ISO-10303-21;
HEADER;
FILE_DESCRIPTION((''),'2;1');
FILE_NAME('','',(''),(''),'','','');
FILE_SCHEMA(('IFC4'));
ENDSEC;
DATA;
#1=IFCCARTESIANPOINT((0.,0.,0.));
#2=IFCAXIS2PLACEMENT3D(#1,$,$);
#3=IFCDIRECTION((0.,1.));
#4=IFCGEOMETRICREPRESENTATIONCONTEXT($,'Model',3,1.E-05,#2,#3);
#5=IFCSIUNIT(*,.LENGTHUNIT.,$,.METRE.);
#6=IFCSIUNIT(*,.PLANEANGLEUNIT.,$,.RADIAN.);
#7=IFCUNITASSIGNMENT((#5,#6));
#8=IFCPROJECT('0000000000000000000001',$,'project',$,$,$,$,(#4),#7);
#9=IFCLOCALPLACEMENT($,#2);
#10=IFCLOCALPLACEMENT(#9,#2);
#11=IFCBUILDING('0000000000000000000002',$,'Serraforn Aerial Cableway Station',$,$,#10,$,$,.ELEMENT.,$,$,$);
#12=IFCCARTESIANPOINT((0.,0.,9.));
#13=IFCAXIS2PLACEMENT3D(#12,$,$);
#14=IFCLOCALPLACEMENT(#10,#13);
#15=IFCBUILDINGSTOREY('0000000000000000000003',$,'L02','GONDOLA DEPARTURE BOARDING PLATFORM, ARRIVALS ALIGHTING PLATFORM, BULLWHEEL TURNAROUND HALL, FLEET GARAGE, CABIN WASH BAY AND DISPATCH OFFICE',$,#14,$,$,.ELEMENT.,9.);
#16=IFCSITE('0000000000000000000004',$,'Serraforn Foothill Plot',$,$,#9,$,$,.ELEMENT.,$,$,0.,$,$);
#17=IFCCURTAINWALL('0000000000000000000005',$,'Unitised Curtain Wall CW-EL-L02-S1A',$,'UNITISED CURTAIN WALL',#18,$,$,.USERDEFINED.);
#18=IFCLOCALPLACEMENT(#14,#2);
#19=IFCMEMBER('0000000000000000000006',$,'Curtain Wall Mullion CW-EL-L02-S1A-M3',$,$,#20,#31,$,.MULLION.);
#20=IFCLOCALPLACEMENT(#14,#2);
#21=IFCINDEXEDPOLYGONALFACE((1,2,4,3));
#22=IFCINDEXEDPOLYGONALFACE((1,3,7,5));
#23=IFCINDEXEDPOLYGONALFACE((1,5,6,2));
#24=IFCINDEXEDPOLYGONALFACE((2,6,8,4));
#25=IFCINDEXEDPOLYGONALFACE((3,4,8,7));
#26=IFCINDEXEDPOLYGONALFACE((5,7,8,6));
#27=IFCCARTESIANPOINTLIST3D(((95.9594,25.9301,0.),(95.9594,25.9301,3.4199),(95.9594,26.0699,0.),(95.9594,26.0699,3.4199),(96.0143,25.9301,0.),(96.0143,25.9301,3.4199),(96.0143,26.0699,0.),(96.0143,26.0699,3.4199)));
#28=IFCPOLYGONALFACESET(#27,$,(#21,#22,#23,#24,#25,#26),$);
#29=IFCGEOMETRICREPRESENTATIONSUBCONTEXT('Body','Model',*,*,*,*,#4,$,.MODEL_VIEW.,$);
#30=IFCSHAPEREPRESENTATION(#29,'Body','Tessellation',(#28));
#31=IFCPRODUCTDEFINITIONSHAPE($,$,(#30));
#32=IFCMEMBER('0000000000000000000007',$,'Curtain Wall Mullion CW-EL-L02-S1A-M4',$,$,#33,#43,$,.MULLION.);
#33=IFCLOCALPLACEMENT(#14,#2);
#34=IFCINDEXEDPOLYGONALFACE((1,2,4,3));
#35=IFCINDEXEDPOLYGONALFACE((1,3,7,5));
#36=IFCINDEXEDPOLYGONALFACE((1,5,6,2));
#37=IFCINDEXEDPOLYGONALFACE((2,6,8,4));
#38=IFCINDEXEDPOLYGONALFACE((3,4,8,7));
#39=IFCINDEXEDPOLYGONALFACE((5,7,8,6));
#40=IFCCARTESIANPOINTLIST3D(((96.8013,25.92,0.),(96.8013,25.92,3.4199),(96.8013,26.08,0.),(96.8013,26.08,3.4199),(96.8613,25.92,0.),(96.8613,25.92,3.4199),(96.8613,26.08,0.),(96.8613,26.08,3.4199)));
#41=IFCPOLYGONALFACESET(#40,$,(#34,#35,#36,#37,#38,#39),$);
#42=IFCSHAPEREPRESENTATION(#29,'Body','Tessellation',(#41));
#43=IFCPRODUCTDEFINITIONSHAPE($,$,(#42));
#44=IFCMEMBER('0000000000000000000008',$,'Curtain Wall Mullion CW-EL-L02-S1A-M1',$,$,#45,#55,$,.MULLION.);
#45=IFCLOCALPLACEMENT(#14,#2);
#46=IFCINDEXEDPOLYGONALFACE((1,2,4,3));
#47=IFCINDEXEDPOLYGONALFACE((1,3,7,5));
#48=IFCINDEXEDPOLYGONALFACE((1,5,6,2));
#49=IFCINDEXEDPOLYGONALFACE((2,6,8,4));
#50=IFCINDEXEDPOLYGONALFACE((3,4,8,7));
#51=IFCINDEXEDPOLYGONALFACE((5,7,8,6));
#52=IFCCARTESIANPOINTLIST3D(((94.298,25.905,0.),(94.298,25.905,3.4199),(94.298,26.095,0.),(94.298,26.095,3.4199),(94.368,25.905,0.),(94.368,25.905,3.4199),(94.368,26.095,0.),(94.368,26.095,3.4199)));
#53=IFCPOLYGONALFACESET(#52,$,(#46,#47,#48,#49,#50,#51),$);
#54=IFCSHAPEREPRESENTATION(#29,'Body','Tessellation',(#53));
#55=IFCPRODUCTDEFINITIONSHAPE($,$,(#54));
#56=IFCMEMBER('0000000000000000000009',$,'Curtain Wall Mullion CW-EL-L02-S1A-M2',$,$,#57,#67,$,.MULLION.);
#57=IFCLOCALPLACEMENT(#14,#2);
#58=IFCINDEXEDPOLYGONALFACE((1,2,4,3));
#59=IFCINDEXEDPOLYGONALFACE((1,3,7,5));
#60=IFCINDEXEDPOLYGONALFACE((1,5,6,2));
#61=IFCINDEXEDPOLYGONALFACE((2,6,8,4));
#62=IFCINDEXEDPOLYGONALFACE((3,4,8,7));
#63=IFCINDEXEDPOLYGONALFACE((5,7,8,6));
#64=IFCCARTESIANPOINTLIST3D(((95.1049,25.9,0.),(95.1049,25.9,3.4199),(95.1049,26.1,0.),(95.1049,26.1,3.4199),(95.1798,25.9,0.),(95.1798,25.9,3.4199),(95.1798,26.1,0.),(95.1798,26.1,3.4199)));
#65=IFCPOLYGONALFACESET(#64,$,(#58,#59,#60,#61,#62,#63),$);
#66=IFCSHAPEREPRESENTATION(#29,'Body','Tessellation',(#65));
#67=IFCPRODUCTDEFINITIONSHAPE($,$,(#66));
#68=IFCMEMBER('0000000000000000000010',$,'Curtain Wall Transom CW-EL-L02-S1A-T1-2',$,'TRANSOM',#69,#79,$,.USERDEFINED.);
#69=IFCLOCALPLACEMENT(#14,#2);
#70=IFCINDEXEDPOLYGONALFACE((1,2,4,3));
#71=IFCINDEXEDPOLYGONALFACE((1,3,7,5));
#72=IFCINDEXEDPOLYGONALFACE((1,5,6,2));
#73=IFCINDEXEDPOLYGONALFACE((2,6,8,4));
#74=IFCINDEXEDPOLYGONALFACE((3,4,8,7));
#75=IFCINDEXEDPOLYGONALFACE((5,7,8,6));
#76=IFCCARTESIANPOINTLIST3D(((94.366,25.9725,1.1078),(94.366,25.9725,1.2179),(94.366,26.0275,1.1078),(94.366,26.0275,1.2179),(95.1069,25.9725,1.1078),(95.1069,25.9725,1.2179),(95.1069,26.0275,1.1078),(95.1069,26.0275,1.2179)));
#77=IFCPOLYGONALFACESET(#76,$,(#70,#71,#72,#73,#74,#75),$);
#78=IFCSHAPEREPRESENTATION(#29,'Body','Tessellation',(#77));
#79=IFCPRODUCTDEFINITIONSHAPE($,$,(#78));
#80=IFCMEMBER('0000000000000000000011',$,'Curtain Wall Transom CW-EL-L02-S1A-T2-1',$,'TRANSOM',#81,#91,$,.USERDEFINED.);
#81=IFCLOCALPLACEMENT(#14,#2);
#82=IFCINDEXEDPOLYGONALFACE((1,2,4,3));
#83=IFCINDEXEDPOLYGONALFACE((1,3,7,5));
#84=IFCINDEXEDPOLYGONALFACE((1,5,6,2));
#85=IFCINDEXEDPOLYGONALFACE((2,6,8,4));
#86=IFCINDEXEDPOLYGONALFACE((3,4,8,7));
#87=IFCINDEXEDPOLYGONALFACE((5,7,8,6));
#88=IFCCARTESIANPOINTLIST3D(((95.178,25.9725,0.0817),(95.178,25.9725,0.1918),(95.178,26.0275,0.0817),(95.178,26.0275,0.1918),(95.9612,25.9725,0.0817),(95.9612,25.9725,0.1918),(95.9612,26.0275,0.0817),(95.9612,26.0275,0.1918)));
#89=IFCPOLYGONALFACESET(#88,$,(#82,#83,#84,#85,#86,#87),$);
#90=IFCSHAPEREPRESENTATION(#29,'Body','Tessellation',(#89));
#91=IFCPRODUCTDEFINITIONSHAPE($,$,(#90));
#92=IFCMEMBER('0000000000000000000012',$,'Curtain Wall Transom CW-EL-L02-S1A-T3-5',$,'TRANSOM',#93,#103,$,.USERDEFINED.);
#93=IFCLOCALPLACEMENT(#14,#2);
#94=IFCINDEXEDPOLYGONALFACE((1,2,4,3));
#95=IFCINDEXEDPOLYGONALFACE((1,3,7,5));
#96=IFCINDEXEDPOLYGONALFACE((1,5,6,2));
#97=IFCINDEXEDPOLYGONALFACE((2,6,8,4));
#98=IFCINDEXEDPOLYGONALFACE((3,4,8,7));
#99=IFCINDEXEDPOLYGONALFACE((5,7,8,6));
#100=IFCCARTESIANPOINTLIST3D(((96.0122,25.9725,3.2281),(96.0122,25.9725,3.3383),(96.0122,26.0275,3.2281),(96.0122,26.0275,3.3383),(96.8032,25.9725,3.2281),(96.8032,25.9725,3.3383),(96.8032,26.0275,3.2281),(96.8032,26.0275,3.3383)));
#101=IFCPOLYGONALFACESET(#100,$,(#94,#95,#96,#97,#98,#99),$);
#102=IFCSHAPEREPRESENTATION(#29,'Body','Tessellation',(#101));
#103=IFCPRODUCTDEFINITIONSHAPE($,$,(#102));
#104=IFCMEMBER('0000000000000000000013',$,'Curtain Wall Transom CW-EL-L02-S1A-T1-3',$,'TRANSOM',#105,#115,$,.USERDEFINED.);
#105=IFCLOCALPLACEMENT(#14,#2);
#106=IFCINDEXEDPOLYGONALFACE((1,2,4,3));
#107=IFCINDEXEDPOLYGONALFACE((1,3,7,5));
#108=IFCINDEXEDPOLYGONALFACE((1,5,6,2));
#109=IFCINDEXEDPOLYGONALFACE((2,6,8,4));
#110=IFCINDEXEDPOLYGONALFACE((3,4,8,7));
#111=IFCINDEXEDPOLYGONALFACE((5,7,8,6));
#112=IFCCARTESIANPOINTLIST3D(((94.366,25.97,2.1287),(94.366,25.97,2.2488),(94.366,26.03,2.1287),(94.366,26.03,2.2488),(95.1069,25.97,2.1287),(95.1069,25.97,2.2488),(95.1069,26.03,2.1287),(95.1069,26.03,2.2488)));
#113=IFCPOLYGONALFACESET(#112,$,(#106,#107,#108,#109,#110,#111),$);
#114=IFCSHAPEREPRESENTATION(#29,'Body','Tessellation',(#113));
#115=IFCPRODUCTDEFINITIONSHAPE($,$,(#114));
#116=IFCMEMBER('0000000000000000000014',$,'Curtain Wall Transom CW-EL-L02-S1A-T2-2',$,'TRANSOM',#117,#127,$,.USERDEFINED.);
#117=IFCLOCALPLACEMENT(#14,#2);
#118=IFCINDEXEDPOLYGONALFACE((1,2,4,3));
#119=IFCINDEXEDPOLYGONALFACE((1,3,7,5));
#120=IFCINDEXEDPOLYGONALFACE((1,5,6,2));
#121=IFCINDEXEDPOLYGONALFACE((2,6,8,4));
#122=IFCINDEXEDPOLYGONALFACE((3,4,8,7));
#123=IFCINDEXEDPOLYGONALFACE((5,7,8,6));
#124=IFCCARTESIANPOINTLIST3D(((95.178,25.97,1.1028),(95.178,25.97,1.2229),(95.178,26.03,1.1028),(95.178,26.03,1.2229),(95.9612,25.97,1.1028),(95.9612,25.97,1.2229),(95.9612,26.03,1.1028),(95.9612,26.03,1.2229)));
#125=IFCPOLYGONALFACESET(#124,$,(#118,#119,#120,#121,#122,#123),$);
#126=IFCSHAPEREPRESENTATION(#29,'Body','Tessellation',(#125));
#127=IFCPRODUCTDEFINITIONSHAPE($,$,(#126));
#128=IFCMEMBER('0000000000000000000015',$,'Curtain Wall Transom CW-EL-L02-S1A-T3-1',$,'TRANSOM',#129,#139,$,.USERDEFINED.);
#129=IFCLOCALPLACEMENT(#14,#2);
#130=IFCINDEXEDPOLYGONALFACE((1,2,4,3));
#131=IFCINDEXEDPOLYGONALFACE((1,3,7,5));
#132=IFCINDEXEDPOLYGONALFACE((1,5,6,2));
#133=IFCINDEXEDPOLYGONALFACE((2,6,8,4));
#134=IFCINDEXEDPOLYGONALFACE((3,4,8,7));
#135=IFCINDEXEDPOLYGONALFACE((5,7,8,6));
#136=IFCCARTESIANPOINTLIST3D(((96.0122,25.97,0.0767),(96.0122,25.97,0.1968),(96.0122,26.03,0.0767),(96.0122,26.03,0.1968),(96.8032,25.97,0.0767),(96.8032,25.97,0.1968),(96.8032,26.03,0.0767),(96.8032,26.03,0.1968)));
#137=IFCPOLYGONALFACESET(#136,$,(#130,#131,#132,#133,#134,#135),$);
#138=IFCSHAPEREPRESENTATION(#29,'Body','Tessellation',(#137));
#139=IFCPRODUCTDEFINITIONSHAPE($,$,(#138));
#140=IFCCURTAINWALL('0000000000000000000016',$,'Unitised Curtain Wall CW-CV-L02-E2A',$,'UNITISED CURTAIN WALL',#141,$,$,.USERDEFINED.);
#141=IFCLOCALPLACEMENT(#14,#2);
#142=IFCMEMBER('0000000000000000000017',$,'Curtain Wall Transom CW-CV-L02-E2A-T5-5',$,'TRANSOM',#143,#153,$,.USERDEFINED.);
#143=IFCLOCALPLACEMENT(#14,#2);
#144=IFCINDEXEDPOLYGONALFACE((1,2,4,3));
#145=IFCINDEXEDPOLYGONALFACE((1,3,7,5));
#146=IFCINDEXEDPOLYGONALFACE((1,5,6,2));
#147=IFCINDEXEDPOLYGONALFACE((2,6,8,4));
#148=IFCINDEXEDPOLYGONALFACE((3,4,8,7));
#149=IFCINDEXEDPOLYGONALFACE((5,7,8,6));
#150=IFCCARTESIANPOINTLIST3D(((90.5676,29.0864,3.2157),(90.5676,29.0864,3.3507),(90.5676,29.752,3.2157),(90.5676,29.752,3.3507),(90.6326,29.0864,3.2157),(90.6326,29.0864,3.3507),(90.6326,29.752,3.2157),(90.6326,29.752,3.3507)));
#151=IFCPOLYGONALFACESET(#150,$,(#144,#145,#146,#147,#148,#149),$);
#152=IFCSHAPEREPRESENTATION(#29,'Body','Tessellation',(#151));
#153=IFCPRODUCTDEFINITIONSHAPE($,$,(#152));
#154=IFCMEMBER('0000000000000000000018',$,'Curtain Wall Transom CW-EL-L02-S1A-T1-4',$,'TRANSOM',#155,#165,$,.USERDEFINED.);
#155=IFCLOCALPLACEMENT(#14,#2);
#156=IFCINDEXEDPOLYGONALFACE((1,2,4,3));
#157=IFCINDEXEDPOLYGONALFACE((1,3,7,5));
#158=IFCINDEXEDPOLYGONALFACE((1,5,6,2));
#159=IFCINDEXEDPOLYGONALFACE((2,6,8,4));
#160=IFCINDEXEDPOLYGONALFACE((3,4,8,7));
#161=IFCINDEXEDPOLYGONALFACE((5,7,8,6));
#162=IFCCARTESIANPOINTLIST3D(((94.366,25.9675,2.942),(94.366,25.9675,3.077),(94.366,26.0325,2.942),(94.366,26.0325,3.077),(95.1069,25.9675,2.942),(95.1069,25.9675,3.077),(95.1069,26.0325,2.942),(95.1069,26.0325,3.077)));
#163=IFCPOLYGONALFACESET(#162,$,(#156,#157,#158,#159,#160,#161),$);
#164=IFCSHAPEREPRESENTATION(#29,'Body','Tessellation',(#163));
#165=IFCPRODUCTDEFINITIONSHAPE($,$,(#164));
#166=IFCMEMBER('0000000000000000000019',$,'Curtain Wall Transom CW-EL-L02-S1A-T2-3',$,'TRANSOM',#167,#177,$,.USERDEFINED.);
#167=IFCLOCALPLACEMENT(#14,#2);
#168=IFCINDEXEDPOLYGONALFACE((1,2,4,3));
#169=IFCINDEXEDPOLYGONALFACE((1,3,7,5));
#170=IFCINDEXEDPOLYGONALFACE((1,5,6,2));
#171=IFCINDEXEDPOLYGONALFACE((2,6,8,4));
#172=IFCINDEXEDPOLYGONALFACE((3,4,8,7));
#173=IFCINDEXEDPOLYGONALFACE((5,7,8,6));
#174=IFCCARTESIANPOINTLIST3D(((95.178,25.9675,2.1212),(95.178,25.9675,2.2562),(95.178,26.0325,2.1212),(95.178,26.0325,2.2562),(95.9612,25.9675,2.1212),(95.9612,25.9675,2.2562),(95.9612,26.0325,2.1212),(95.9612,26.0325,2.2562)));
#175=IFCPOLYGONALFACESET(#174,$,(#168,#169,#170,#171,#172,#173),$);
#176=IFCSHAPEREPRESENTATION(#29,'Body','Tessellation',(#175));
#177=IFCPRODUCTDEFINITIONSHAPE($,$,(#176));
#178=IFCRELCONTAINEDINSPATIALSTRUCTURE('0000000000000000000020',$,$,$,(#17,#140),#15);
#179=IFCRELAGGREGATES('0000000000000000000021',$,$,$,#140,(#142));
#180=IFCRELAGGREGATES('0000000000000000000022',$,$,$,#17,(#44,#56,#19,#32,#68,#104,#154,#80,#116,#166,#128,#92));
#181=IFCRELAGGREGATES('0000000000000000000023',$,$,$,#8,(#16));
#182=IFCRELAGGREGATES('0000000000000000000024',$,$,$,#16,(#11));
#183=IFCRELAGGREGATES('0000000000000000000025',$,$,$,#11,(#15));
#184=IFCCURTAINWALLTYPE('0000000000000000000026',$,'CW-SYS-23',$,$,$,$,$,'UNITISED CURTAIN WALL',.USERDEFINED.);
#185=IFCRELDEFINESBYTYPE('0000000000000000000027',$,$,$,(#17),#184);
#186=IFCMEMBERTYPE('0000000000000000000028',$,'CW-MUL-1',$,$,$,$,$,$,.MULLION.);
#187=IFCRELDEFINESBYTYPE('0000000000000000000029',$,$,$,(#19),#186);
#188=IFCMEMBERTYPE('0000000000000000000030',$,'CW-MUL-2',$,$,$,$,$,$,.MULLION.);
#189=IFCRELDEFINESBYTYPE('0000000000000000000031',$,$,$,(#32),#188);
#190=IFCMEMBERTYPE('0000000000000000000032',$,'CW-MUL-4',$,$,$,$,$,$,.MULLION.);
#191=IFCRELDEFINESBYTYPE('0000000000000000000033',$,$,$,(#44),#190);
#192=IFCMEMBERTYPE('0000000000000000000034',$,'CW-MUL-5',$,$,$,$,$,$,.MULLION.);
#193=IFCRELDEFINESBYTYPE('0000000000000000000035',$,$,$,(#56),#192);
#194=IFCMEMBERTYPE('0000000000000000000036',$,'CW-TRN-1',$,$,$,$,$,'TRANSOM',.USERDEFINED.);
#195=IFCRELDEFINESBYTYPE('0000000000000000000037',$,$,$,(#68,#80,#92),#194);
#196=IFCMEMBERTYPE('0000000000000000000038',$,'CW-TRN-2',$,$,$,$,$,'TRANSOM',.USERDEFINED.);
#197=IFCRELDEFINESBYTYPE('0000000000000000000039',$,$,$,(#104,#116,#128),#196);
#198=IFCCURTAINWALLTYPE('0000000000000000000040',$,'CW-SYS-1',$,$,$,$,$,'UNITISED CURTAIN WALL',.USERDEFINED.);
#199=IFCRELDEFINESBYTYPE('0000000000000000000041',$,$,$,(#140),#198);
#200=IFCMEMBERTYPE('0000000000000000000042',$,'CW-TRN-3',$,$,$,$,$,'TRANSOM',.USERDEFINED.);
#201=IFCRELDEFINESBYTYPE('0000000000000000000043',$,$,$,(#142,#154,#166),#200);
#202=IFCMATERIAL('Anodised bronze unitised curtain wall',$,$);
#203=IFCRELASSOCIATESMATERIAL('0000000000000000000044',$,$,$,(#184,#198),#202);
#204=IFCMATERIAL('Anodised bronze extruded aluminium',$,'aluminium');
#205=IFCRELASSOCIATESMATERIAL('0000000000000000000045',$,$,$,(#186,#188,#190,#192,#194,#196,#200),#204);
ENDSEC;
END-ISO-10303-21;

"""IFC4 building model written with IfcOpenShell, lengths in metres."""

from ifc_helpers import new_model, si_unit, direction, frame, origin, origin_2d, place, context, subcontext, project, spatial, rectangle, extrude, material, material_profile, profile_set, type_object, element, aggregate, save


model = new_model("IFC4")

# Units and contexts
model_context = context("Model", 3, precision=1e-05, world=origin(), true_north=direction((0.0, 1.0)))
body_context = subcontext(model_context, "Body", "Model", "MODEL_VIEW")
ifc_project = project(units=[si_unit("LENGTHUNIT", "METRE"), si_unit("PLANEANGLEUNIT", "RADIAN")], contexts=[model_context])

# Site, building, storey
site_placement = place(None, origin())
site = spatial("IfcSite", under=ifc_project, at=site_placement, Name="Serraforn Foothill Plot", CompositionType="ELEMENT", RefElevation=0.0)
building_placement = place(site_placement, origin())
building = spatial("IfcBuilding", under=site, at=building_placement, Name="Serraforn Aerial Cableway Station", CompositionType="ELEMENT")
storey_placement = place(building_placement, frame((0.0, 0.0, 9.0)))
storey = spatial("IfcBuildingStorey", under=building, at=storey_placement, Name="L02", Description="GONDOLA DEPARTURE BOARDING PLATFORM, ARRIVALS ALIGHTING PLATFORM, BULLWHEEL TURNAROUND HALL, FLEET GARAGE, CABIN WASH BAY AND DISPATCH OFFICE", CompositionType="ELEMENT", Elevation=9.0)

# Curtain wall, members
ifc_material_1 = material(Name="Anodised bronze unitised curtain wall")
curtain_wall_type_1 = type_object("IfcCurtainWallType", Name="CW-SYS-23", ElementType="UNITISED CURTAIN WALL", PredefinedType="USERDEFINED", material=ifc_material_1)
curtain_wall_1_placement = place(storey_placement, origin())
curtain_wall_1 = element("IfcCurtainWall", 1, at=curtain_wall_1_placement, inside=storey, type_object=curtain_wall_type_1, Name="Unitised Curtain Wall CW-EL-L02-S1A", ObjectType="UNITISED CURTAIN WALL", PredefinedType="USERDEFINED")
ifc_material_2 = material(Name="Anodised bronze extruded aluminium", Category="aluminium")
ifc_material_profile_1 = material_profile(ifc_material_2, rectangle(XDim=0.0549, YDim=0.1399, at=origin_2d()), Name="CW MULLION 55x140")
ifc_profile_set_1 = profile_set([ifc_material_profile_1], Name="Anodised bronze extruded aluminium")
member_type_1 = type_object("IfcMemberType", Name="CW-MUL-1", PredefinedType="MULLION", material=ifc_profile_set_1)
member_1_placement = place(storey_placement, frame((95.9868, 26.0, 0.0), z_axis=(0.0, 0.0, 1.0), x_axis=(1.0, 0.0, 0.0)))
member_1 = element("IfcMember", 2, at=member_1_placement, type_object=member_type_1, Name="Curtain Wall Mullion CW-EL-L02-S1A-M3", PredefinedType="MULLION", context=body_context, shape_type="SweptSolid", body=[
    extrude(rectangle(XDim=0.0549, YDim=0.1399, at=origin_2d()), origin(), (0.0, 0.0, 1.0), 3.4199),
])
ifc_material_profile_2 = material_profile(ifc_material_2, rectangle(XDim=0.0601, YDim=0.1599, at=origin_2d()), Name="CW MULLION 60x160")
ifc_profile_set_2 = profile_set([ifc_material_profile_2], Name="Anodised bronze extruded aluminium")
member_type_2 = type_object("IfcMemberType", Name="CW-MUL-2", PredefinedType="MULLION", material=ifc_profile_set_2)
member_2_placement = place(storey_placement, frame((96.8313, 26.0, 0.0), z_axis=(0.0, 0.0, 1.0), x_axis=(1.0, 0.0, 0.0)))
member_2 = element("IfcMember", 3, at=member_2_placement, type_object=member_type_2, Name="Curtain Wall Mullion CW-EL-L02-S1A-M4", PredefinedType="MULLION", context=body_context, shape_type="SweptSolid", body=[
    extrude(rectangle(XDim=0.0601, YDim=0.1599, at=origin_2d()), origin(), (0.0, 0.0, 1.0), 3.4199),
])
ifc_material_profile_3 = material_profile(ifc_material_2, rectangle(XDim=0.0701, YDim=0.1899, at=origin_2d()), Name="CW MULLION 70x190")
ifc_profile_set_3 = profile_set([ifc_material_profile_3], Name="Anodised bronze extruded aluminium")
member_type_3 = type_object("IfcMemberType", Name="CW-MUL-4", PredefinedType="MULLION", material=ifc_profile_set_3)
member_3_placement = place(storey_placement, frame((94.333, 26.0, 0.0), z_axis=(0.0, 0.0, 1.0), x_axis=(1.0, 0.0, 0.0)))
member_3 = element("IfcMember", 4, at=member_3_placement, type_object=member_type_3, Name="Curtain Wall Mullion CW-EL-L02-S1A-M1", PredefinedType="MULLION", context=body_context, shape_type="SweptSolid", body=[
    extrude(rectangle(XDim=0.0701, YDim=0.1899, at=origin_2d()), origin(), (0.0, 0.0, 1.0), 3.4199),
])
ifc_material_profile_4 = material_profile(ifc_material_2, rectangle(XDim=0.075, YDim=0.2, at=origin_2d()), Name="CW MULLION 75x200")
ifc_profile_set_4 = profile_set([ifc_material_profile_4], Name="Anodised bronze extruded aluminium")
member_type_4 = type_object("IfcMemberType", Name="CW-MUL-5", PredefinedType="MULLION", material=ifc_profile_set_4)
member_4_placement = place(storey_placement, frame((95.1423, 26.0, 0.0), z_axis=(0.0, 0.0, 1.0), x_axis=(1.0, 0.0, 0.0)))
member_4 = element("IfcMember", 5, at=member_4_placement, type_object=member_type_4, Name="Curtain Wall Mullion CW-EL-L02-S1A-M2", PredefinedType="MULLION", context=body_context, shape_type="SweptSolid", body=[
    extrude(rectangle(XDim=0.075, YDim=0.2, at=origin_2d()), origin(), (0.0, 0.0, 1.0), 3.4199),
])
ifc_material_profile_5 = material_profile(ifc_material_2, rectangle(XDim=0.0549, YDim=0.1101, at=origin_2d()), Name="CW TRANSOM 55x110")
ifc_profile_set_5 = profile_set([ifc_material_profile_5], Name="Anodised bronze extruded aluminium")
member_type_5 = type_object("IfcMemberType", Name="CW-TRN-1", ElementType="TRANSOM", PredefinedType="USERDEFINED", material=ifc_profile_set_5)
member_5_placement = place(storey_placement, frame((94.366, 26.0, 1.1628), z_axis=(1.0, 0.0, 0.0), x_axis=(0.0, 1.0, 0.0)))
member_5 = element("IfcMember", 6, at=member_5_placement, type_object=member_type_5, Name="Curtain Wall Transom CW-EL-L02-S1A-T1-2", ObjectType="TRANSOM", PredefinedType="USERDEFINED", context=body_context, shape_type="SweptSolid", body=[
    extrude(rectangle(XDim=0.0549, YDim=0.1101, at=origin_2d()), origin(), (0.0, 0.0, 1.0), 0.741),
])
member_6_placement = place(storey_placement, frame((95.178, 26.0, 0.1367), z_axis=(1.0, 0.0, 0.0), x_axis=(0.0, 1.0, 0.0)))
member_6 = element("IfcMember", 7, at=member_6_placement, type_object=member_type_5, Name="Curtain Wall Transom CW-EL-L02-S1A-T2-1", ObjectType="TRANSOM", PredefinedType="USERDEFINED", context=body_context, shape_type="SweptSolid", body=[
    extrude(rectangle(XDim=0.0549, YDim=0.1101, at=origin_2d()), origin(), (0.0, 0.0, 1.0), 0.7832),
])
member_7_placement = place(storey_placement, frame((96.0122, 26.0, 3.2832), z_axis=(1.0, 0.0, 0.0), x_axis=(0.0, 1.0, 0.0)))
member_7 = element("IfcMember", 8, at=member_7_placement, type_object=member_type_5, Name="Curtain Wall Transom CW-EL-L02-S1A-T3-5", ObjectType="TRANSOM", PredefinedType="USERDEFINED", context=body_context, shape_type="SweptSolid", body=[
    extrude(rectangle(XDim=0.0549, YDim=0.1101, at=origin_2d()), origin(), (0.0, 0.0, 1.0), 0.791),
])
ifc_material_profile_6 = material_profile(ifc_material_2, rectangle(XDim=0.0601, YDim=0.1201, at=origin_2d()), Name="CW TRANSOM 60x120")
ifc_profile_set_6 = profile_set([ifc_material_profile_6], Name="Anodised bronze extruded aluminium")
member_type_6 = type_object("IfcMemberType", Name="CW-TRN-2", ElementType="TRANSOM", PredefinedType="USERDEFINED", material=ifc_profile_set_6)
member_8_placement = place(storey_placement, frame((94.366, 26.0, 2.1887), z_axis=(1.0, 0.0, 0.0), x_axis=(0.0, 1.0, 0.0)))
member_8 = element("IfcMember", 9, at=member_8_placement, type_object=member_type_6, Name="Curtain Wall Transom CW-EL-L02-S1A-T1-3", ObjectType="TRANSOM", PredefinedType="USERDEFINED", context=body_context, shape_type="SweptSolid", body=[
    extrude(rectangle(XDim=0.0601, YDim=0.1201, at=origin_2d()), origin(), (0.0, 0.0, 1.0), 0.741),
])
member_9_placement = place(storey_placement, frame((95.178, 26.0, 1.1628), z_axis=(1.0, 0.0, 0.0), x_axis=(0.0, 1.0, 0.0)))
member_9 = element("IfcMember", 10, at=member_9_placement, type_object=member_type_6, Name="Curtain Wall Transom CW-EL-L02-S1A-T2-2", ObjectType="TRANSOM", PredefinedType="USERDEFINED", context=body_context, shape_type="SweptSolid", body=[
    extrude(rectangle(XDim=0.0601, YDim=0.1201, at=origin_2d()), origin(), (0.0, 0.0, 1.0), 0.7832),
])
member_10_placement = place(storey_placement, frame((96.0122, 26.0, 0.1367), z_axis=(1.0, 0.0, 0.0), x_axis=(0.0, 1.0, 0.0)))
member_10 = element("IfcMember", 11, at=member_10_placement, type_object=member_type_6, Name="Curtain Wall Transom CW-EL-L02-S1A-T3-1", ObjectType="TRANSOM", PredefinedType="USERDEFINED", context=body_context, shape_type="SweptSolid", body=[
    extrude(rectangle(XDim=0.0601, YDim=0.1201, at=origin_2d()), origin(), (0.0, 0.0, 1.0), 0.791),
])

# Curtain wall, member
curtain_wall_type_2 = type_object("IfcCurtainWallType", Name="CW-SYS-1", ElementType="UNITISED CURTAIN WALL", PredefinedType="USERDEFINED", material=ifc_material_1)
curtain_wall_2_placement = place(storey_placement, origin())
curtain_wall_2 = element("IfcCurtainWall", 12, at=curtain_wall_2_placement, inside=storey, type_object=curtain_wall_type_2, Name="Unitised Curtain Wall CW-CV-L02-E2A", ObjectType="UNITISED CURTAIN WALL", PredefinedType="USERDEFINED")
ifc_material_profile_7 = material_profile(ifc_material_2, rectangle(XDim=0.0649, YDim=0.135, at=origin_2d()), Name="CW TRANSOM 65x135")
ifc_profile_set_7 = profile_set([ifc_material_profile_7], Name="Anodised bronze extruded aluminium")
member_type_7 = type_object("IfcMemberType", Name="CW-TRN-3", ElementType="TRANSOM", PredefinedType="USERDEFINED", material=ifc_profile_set_7)
member_11_placement = place(storey_placement, frame((90.6001, 29.0864, 3.2832), z_axis=(0.0, 1.0, 0.0), x_axis=(-1.0, 0.0, 0.0)))
member_11 = element("IfcMember", 13, at=member_11_placement, type_object=member_type_7, Name="Curtain Wall Transom CW-CV-L02-E2A-T5-5", ObjectType="TRANSOM", PredefinedType="USERDEFINED", context=body_context, shape_type="SweptSolid", body=[
    extrude(rectangle(XDim=0.0649, YDim=0.135, at=origin_2d()), origin(), (0.0, 0.0, 1.0), 0.6655),
])
aggregate(curtain_wall_2, [member_11])

# Members
member_12_placement = place(storey_placement, frame((94.366, 26.0, 3.0095), z_axis=(1.0, 0.0, 0.0), x_axis=(0.0, 1.0, 0.0)))
member_12 = element("IfcMember", 14, at=member_12_placement, type_object=member_type_7, Name="Curtain Wall Transom CW-EL-L02-S1A-T1-4", ObjectType="TRANSOM", PredefinedType="USERDEFINED", context=body_context, shape_type="SweptSolid", body=[
    extrude(rectangle(XDim=0.0649, YDim=0.135, at=origin_2d()), origin(), (0.0, 0.0, 1.0), 0.741),
])
member_13_placement = place(storey_placement, frame((95.178, 26.0, 2.1887), z_axis=(1.0, 0.0, 0.0), x_axis=(0.0, 1.0, 0.0)))
member_13 = element("IfcMember", 15, at=member_13_placement, type_object=member_type_7, Name="Curtain Wall Transom CW-EL-L02-S1A-T2-3", ObjectType="TRANSOM", PredefinedType="USERDEFINED", context=body_context, shape_type="SweptSolid", body=[
    extrude(rectangle(XDim=0.0649, YDim=0.135, at=origin_2d()), origin(), (0.0, 0.0, 1.0), 0.7832),
])

aggregate(curtain_wall_1, [member_3, member_4, member_1, member_2, member_5, member_8, member_12, member_6, member_9, member_13, member_10, member_7])

save(model, "model.ifc")
